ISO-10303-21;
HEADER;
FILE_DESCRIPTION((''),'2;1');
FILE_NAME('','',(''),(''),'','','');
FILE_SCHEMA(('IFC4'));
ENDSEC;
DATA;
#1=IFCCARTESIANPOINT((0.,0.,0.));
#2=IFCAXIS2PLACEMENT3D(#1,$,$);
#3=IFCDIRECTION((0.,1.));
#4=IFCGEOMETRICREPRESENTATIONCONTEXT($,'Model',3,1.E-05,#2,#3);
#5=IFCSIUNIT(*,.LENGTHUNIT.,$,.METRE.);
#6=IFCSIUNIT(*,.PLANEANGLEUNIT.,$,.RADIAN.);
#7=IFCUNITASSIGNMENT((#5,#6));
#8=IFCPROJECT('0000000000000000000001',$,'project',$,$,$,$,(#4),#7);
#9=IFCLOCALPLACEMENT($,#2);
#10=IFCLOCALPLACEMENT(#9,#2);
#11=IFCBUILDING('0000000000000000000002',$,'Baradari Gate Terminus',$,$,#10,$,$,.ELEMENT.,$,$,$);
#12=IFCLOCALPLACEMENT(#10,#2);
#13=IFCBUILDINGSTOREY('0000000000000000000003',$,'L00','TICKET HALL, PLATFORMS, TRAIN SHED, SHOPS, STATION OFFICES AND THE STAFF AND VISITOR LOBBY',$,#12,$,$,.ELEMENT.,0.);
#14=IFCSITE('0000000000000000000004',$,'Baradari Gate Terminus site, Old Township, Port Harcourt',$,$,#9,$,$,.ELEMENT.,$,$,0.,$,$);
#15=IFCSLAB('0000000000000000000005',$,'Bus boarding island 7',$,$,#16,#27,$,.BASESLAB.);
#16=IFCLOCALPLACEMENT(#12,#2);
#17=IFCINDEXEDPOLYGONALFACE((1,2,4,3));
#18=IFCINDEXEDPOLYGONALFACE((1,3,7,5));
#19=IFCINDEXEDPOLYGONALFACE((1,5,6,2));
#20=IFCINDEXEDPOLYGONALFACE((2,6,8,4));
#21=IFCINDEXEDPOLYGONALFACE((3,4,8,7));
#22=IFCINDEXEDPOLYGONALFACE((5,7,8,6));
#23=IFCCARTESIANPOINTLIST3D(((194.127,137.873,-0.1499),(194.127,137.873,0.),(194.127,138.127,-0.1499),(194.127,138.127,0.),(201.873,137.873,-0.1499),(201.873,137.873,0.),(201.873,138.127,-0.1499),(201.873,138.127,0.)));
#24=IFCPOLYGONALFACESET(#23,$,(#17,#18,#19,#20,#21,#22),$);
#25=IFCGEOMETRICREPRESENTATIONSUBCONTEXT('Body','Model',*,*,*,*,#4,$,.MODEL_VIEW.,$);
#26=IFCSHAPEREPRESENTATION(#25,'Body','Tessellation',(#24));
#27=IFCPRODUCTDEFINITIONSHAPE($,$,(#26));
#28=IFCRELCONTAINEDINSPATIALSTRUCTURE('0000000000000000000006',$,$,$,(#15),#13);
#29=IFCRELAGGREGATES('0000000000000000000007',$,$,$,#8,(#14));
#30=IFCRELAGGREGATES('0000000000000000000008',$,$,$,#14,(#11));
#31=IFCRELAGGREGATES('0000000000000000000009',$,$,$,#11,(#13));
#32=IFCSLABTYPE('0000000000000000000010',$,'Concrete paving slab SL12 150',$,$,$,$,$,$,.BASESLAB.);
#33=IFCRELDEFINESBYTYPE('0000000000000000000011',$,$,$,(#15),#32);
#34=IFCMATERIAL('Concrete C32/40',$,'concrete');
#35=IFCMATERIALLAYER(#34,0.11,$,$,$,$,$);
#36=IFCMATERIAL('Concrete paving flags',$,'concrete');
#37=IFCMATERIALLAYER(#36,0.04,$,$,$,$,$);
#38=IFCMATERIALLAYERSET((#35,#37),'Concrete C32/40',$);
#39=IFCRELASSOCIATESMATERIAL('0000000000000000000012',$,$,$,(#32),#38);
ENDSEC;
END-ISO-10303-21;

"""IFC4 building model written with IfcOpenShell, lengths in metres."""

from ifc_helpers import new_model, si_unit, direction, frame, origin, place, context, subcontext, project, spatial, polyline, outline, extrude, material, layer, layer_set, type_object, element, save


model = new_model("IFC4")

# Units and contexts
model_context = context("Model", 3, precision=1e-05, world=origin(), true_north=direction((0.0, 1.0)))
body_context = subcontext(model_context, "Body", "Model", "MODEL_VIEW")
ifc_project = project(units=[si_unit("LENGTHUNIT", "METRE"), si_unit("PLANEANGLEUNIT", "RADIAN")], contexts=[model_context])

# Site, building, storey
site_placement = place(None, origin())
site = spatial("IfcSite", under=ifc_project, at=site_placement, Name="Baradari Gate Terminus site, Old Township, Port Harcourt", CompositionType="ELEMENT", RefElevation=0.0)
building_placement = place(site_placement, origin())
building = spatial("IfcBuilding", under=site, at=building_placement, Name="Baradari Gate Terminus", CompositionType="ELEMENT")
storey_placement = place(building_placement, origin())
storey = spatial("IfcBuildingStorey", under=building, at=storey_placement, Name="L00", Description="TICKET HALL, PLATFORMS, TRAIN SHED, SHOPS, STATION OFFICES AND THE STAFF AND VISITOR LOBBY", CompositionType="ELEMENT", Elevation=0.0)

# Slab
ifc_material_1 = material(Name="Concrete C32/40", Category="concrete")
ifc_layer_1 = layer(ifc_material_1, 0.11)
ifc_material_2 = material(Name="Concrete paving flags", Category="concrete")
ifc_layer_2 = layer(ifc_material_2, 0.04)
ifc_layer_set = layer_set([ifc_layer_1, ifc_layer_2], Name="Concrete C32/40")
slab_type = type_object("IfcSlabType", Name="Concrete paving slab SL12 150", PredefinedType="BASESLAB", material=ifc_layer_set)
slab_1_placement = place(storey_placement, frame((0.0, 0.0, -0.1499)))
element("IfcSlab", 1, at=slab_1_placement, inside=storey, type_object=slab_type, Name="Bus boarding island 7", PredefinedType="BASESLAB", context=body_context, shape_type="SweptSolid", body=[
    extrude(outline(polyline([(201.873, 137.873), (201.873, 138.127), (194.127, 138.127), (194.127, 137.873), (201.873, 137.873)])), origin(), (0.0, 0.0, 1.0), 0.1499),
])

save(model, "model.ifc")
